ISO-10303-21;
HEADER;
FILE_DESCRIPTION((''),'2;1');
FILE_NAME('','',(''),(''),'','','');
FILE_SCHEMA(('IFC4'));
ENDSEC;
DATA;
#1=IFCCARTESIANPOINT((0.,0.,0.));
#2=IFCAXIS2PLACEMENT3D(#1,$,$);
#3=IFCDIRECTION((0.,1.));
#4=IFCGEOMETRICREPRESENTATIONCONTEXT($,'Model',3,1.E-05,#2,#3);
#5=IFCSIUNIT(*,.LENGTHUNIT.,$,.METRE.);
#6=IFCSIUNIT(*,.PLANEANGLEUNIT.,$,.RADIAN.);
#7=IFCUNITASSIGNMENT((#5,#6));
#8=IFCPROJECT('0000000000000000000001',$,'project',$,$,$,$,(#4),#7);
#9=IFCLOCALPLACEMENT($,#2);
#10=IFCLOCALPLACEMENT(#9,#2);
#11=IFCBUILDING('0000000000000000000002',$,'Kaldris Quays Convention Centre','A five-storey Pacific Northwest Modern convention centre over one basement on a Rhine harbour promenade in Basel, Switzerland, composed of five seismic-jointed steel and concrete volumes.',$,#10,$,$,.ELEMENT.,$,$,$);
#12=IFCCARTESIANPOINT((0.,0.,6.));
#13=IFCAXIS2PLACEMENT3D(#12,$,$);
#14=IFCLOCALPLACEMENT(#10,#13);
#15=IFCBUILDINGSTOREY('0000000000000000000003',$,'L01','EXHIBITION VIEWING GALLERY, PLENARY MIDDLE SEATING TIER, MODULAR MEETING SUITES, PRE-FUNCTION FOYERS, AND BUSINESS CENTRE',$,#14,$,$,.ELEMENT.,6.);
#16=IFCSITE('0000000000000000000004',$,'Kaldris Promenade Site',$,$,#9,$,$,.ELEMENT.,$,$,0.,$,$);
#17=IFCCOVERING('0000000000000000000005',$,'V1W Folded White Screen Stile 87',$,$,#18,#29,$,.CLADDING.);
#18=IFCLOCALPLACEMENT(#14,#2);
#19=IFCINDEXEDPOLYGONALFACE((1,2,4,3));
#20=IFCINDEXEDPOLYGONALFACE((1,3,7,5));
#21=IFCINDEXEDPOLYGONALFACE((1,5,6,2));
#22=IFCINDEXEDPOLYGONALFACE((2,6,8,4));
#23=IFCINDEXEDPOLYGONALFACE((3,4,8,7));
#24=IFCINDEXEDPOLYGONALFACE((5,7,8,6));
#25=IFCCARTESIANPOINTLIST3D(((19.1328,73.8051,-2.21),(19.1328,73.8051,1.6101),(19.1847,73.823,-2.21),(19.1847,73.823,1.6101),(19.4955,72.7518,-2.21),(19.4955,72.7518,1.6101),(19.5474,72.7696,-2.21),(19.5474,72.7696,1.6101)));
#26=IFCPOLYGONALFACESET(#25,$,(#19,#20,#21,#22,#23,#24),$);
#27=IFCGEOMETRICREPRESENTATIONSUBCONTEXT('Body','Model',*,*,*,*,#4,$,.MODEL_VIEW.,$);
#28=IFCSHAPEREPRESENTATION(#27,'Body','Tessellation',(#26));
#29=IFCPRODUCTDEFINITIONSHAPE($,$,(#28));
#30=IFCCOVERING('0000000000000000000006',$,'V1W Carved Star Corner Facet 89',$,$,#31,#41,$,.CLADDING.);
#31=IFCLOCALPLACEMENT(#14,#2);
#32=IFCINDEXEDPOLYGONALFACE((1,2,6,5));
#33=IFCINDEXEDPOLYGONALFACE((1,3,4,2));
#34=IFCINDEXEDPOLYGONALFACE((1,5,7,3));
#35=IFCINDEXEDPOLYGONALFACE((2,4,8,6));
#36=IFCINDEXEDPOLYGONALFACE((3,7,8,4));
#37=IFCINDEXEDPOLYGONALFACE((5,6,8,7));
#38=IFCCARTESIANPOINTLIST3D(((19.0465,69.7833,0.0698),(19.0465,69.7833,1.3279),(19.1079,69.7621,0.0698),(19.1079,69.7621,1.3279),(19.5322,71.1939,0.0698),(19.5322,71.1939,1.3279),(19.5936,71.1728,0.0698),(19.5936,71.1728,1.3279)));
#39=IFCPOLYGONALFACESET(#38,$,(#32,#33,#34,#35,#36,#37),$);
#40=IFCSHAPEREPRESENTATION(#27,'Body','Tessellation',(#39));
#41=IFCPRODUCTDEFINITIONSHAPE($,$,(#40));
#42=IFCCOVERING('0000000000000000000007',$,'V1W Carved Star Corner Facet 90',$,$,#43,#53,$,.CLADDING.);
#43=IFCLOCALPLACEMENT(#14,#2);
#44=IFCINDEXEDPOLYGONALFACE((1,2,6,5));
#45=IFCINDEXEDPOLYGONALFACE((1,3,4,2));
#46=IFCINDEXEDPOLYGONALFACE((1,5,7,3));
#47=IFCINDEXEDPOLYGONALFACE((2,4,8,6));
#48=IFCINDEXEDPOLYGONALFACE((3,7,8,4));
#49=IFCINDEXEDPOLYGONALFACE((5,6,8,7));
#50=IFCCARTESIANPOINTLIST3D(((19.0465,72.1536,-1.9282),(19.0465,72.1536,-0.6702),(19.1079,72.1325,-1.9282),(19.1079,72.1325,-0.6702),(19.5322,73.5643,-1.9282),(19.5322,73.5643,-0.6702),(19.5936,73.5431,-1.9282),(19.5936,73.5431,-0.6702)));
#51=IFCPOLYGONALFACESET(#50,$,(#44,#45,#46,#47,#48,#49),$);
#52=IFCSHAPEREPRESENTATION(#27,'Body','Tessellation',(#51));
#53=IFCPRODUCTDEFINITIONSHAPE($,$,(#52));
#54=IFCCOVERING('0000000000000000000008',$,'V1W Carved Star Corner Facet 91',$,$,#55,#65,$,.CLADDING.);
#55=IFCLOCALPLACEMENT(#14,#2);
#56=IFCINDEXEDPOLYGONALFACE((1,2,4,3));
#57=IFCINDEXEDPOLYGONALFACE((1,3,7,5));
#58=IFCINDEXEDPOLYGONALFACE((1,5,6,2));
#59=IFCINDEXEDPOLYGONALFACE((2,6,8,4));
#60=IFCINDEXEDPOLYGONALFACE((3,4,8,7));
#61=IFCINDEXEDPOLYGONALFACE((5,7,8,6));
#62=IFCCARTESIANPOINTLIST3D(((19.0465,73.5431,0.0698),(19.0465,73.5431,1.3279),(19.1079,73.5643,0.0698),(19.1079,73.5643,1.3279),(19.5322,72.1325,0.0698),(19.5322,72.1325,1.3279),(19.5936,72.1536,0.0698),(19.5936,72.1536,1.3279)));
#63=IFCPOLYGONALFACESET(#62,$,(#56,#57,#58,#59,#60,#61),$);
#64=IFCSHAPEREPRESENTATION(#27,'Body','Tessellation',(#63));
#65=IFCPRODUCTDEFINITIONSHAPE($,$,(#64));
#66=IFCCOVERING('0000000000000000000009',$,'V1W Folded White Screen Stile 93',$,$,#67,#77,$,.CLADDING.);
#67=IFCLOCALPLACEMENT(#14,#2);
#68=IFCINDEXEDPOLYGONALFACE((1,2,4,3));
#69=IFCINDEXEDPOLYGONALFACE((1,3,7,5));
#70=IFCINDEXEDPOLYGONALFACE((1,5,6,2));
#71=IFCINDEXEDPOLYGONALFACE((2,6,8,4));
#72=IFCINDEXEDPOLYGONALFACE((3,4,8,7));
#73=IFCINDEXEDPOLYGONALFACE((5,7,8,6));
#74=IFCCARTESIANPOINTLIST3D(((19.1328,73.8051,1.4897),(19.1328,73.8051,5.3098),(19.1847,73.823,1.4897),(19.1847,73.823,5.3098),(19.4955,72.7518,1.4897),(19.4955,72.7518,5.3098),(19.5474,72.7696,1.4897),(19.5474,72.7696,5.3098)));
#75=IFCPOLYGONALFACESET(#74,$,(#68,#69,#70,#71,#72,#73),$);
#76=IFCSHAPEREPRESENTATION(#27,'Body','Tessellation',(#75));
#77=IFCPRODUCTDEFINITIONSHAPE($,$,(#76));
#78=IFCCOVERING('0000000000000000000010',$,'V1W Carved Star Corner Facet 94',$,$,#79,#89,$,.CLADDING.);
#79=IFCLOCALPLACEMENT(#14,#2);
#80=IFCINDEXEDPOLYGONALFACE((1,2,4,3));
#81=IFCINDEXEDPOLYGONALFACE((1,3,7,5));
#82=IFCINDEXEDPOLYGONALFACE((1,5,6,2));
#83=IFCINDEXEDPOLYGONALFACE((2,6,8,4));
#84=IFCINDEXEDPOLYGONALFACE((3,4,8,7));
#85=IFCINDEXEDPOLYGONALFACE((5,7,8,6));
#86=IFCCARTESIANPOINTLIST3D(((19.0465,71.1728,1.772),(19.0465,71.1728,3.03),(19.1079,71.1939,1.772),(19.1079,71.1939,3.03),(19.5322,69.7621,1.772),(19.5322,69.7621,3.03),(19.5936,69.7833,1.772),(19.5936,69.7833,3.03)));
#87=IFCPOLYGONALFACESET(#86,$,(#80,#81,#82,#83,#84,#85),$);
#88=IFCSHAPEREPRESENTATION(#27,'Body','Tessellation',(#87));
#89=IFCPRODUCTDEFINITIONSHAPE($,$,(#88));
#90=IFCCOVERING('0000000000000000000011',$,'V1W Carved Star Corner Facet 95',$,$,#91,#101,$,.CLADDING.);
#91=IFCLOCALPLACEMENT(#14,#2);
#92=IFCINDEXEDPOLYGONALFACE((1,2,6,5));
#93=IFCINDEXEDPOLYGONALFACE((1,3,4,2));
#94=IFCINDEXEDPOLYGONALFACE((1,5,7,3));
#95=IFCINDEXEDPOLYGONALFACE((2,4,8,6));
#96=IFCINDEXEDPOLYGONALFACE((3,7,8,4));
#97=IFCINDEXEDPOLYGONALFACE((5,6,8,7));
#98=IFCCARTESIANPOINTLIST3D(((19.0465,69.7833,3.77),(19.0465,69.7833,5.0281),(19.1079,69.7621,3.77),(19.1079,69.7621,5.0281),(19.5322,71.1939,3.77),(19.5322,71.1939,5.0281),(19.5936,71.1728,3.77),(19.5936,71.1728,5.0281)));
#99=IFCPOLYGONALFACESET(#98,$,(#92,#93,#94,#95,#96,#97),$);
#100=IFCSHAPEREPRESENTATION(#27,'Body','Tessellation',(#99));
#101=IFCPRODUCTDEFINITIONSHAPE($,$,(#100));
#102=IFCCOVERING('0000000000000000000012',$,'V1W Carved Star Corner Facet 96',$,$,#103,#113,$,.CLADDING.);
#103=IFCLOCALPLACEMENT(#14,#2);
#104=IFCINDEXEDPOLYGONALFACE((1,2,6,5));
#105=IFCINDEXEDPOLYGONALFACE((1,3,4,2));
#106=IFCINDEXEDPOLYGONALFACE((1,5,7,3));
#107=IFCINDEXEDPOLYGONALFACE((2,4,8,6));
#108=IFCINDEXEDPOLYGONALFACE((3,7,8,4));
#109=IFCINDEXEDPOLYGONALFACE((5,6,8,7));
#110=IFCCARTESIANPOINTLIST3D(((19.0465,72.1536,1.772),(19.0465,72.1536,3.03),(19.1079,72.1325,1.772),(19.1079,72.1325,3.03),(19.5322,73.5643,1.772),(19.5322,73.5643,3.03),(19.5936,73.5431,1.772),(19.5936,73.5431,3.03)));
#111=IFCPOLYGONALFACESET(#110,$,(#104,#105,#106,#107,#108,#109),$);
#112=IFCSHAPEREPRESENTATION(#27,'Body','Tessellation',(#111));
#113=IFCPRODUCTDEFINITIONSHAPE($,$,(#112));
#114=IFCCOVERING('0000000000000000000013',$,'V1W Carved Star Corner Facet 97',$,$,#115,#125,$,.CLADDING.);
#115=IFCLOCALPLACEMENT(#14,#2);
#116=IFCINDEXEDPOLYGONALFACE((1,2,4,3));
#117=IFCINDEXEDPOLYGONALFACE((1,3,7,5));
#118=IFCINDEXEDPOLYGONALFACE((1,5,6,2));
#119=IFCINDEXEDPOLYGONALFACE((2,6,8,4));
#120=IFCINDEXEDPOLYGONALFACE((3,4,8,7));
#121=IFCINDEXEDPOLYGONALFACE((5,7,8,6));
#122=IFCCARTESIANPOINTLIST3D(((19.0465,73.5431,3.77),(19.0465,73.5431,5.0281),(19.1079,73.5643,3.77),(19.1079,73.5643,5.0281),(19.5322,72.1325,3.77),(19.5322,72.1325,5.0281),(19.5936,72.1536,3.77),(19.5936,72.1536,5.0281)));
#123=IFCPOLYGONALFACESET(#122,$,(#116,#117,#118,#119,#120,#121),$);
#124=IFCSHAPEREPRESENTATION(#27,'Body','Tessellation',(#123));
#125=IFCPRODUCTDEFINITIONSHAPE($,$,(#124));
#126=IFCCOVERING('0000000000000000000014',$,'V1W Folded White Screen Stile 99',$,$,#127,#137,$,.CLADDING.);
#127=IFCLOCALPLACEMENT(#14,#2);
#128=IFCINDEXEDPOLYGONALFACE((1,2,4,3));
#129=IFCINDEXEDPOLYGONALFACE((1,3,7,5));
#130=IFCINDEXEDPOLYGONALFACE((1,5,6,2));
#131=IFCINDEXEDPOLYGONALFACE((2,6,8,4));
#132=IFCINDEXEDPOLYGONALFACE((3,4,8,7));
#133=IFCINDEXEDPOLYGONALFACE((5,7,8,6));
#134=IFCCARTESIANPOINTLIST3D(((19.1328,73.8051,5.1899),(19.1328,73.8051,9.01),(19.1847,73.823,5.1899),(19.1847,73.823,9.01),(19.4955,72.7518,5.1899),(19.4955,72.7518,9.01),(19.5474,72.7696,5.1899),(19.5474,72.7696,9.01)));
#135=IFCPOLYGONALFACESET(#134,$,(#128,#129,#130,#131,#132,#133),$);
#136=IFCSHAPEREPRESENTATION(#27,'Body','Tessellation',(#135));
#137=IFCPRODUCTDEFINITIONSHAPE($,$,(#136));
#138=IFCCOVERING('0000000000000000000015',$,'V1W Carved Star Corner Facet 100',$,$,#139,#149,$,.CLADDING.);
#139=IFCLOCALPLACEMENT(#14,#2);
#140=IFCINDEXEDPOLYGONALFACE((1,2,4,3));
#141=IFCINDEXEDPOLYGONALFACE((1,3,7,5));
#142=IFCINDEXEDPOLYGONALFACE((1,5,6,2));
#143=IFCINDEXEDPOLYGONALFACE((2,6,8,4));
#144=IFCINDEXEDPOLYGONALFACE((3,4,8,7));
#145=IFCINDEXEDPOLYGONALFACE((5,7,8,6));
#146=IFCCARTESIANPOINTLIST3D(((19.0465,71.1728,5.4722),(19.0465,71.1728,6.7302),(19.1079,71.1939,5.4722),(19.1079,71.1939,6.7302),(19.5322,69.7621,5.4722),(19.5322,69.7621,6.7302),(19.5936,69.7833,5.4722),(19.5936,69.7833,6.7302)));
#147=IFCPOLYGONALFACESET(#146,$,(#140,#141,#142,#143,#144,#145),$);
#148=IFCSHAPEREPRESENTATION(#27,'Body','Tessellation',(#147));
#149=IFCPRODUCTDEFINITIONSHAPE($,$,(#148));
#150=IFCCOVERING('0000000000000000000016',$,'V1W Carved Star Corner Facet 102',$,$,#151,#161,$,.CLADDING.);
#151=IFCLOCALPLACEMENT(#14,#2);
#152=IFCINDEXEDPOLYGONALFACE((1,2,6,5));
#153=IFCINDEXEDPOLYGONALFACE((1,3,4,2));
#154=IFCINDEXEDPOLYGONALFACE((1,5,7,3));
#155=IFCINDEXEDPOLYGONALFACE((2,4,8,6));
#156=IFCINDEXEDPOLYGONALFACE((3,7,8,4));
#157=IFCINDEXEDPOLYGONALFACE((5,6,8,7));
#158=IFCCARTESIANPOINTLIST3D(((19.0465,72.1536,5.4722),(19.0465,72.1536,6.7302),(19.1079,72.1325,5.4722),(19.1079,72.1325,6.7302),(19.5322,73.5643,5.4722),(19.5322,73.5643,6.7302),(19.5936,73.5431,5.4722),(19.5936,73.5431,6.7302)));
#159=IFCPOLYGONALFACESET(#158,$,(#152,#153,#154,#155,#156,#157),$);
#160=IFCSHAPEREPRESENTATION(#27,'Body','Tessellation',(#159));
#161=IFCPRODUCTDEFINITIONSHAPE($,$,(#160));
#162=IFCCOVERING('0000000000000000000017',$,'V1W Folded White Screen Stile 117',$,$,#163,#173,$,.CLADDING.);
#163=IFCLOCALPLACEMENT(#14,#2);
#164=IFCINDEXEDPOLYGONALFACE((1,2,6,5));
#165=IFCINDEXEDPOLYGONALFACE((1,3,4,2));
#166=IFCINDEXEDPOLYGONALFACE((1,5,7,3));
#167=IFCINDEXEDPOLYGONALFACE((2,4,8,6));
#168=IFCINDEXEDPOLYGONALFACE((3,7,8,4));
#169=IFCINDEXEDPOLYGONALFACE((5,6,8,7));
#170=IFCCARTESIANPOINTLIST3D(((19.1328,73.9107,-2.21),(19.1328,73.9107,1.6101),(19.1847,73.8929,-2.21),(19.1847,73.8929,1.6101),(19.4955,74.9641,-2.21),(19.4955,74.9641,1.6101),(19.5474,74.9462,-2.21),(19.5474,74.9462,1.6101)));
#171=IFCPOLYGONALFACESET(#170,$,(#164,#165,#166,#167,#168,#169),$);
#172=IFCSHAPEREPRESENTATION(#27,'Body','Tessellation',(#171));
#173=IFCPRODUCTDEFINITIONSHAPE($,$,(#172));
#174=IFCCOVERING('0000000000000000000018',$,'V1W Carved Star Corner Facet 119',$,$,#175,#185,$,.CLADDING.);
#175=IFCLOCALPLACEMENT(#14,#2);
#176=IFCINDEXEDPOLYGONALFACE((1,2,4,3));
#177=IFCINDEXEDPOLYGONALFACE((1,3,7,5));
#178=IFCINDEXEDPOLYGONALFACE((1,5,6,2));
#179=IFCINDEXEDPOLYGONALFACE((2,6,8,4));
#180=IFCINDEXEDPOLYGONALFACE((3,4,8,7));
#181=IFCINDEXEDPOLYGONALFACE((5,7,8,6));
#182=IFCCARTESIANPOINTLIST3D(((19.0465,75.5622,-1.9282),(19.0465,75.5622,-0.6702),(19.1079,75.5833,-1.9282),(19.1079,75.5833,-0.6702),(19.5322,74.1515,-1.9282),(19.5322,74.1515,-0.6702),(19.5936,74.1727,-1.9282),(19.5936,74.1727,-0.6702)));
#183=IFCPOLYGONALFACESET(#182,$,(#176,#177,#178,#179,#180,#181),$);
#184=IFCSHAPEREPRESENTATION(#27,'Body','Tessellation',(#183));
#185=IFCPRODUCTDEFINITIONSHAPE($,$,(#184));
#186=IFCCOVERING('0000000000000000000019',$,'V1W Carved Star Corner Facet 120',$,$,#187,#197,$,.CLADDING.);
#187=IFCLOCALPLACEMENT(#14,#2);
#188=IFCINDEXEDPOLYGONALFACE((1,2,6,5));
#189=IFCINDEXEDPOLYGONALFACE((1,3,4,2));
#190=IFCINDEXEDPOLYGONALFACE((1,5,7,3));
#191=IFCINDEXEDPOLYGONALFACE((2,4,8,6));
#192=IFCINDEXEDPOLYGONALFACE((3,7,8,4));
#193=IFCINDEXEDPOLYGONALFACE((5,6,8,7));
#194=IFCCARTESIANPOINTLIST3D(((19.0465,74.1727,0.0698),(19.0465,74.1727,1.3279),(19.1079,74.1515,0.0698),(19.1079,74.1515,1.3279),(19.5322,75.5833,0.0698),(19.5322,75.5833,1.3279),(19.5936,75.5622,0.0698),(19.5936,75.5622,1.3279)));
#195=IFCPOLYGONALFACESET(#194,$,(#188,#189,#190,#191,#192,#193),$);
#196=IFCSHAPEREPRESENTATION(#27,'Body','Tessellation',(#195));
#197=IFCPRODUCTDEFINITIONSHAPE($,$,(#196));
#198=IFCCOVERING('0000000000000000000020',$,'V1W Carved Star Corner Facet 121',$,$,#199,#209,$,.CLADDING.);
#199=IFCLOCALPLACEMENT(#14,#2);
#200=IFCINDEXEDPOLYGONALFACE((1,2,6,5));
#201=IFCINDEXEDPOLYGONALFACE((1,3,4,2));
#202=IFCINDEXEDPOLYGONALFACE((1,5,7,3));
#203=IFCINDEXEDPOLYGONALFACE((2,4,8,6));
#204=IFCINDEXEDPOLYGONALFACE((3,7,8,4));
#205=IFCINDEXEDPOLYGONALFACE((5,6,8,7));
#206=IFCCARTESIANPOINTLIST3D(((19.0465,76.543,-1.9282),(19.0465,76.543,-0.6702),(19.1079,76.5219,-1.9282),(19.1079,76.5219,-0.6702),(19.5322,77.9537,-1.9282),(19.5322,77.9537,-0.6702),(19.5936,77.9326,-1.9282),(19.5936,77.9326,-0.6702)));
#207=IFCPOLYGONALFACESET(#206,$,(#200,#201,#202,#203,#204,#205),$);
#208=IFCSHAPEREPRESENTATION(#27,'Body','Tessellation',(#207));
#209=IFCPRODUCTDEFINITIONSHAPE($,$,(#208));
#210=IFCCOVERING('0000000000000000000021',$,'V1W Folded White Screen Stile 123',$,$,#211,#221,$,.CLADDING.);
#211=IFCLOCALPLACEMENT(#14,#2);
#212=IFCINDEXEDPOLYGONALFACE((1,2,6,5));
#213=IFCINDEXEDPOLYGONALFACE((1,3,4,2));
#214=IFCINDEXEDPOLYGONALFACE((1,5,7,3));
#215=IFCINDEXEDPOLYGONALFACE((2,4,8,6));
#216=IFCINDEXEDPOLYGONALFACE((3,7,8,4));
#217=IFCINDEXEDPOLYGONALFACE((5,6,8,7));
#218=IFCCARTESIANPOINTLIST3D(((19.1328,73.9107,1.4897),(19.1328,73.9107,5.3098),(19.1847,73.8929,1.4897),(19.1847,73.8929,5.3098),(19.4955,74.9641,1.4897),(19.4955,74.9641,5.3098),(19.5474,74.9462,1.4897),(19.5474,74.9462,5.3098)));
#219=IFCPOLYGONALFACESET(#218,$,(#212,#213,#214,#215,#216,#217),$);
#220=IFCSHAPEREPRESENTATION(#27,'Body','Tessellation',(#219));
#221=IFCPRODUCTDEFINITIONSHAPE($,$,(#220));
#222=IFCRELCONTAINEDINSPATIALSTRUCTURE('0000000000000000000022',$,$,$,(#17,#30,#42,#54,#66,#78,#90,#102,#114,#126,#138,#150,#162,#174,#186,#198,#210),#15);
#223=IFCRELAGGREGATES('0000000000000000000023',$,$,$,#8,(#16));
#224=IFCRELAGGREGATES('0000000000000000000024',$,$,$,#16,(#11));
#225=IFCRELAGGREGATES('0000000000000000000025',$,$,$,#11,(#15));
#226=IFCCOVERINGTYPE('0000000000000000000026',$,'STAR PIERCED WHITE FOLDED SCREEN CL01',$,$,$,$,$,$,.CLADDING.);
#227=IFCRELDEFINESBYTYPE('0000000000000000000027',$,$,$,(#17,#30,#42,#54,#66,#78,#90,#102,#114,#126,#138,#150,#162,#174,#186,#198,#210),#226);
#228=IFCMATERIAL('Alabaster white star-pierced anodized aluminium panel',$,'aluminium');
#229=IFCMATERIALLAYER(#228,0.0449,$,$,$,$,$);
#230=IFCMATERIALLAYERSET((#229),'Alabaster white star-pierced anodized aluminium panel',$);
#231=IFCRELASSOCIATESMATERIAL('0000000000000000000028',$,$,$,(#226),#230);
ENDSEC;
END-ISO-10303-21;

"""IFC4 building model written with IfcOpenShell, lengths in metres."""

from ifc_helpers import new_model, si_unit, direction, frame, origin, origin_2d, place, context, subcontext, project, spatial, rectangle, extrude, material, layer, layer_set, type_object, element, save


model = new_model("IFC4")

# Units and contexts
model_context = context("Model", 3, precision=1e-05, world=origin(), true_north=direction((0.0, 1.0)))
body_context = subcontext(model_context, "Body", "Model", "MODEL_VIEW")
ifc_project = project(units=[si_unit("LENGTHUNIT", "METRE"), si_unit("PLANEANGLEUNIT", "RADIAN")], contexts=[model_context])

# Site, building, storey
site_placement = place(None, origin())
site = spatial("IfcSite", under=ifc_project, at=site_placement, Name="Kaldris Promenade Site", CompositionType="ELEMENT", RefElevation=0.0)
building_placement = place(site_placement, origin())
building = spatial("IfcBuilding", under=site, at=building_placement, Name="Kaldris Quays Convention Centre", Description="A five-storey Pacific Northwest Modern convention centre over one basement on a Rhine harbour promenade in Basel, Switzerland, composed of five seismic-jointed steel and concrete volumes.", CompositionType="ELEMENT")
storey_placement = place(building_placement, frame((0.0, 0.0, 6.0)))
storey = spatial("IfcBuildingStorey", under=building, at=storey_placement, Name="L01", Description="EXHIBITION VIEWING GALLERY, PLENARY MIDDLE SEATING TIER, MODULAR MEETING SUITES, PRE-FUNCTION FOYERS, AND BUSINESS CENTRE", CompositionType="ELEMENT", Elevation=6.0)

# Coverings
ifc_material_1 = material(Name="Alabaster white star-pierced anodized aluminium panel", Category="aluminium")
ifc_layer = layer(ifc_material_1, 0.0449)
ifc_layer_set = layer_set([ifc_layer], Name="Alabaster white star-pierced anodized aluminium panel")
covering_type = type_object("IfcCoveringType", Name="STAR PIERCED WHITE FOLDED SCREEN CL01", PredefinedType="CLADDING", material=ifc_layer_set)
covering_1_placement = place(storey_placement, frame((19.3401, 73.2874, -2.21), z_axis=(0.0, 0.0, 1.0), x_axis=(-0.325568, 0.945519, 0.0)))
element("IfcCovering", 1, at=covering_1_placement, inside=storey, type_object=covering_type, Name="V1W Folded White Screen Stile 87", PredefinedType="CLADDING", context=body_context, shape_type="SweptSolid", body=[
    extrude(rectangle(XDim=1.114, YDim=0.0549, at=origin_2d()), origin(), (0.0, 0.0, 1.0), 3.8201),
])
for number, where, z_axis, x_axis, name in (
    (2, (19.3201, 70.478, 0.0698), (0.0, 0.0, 1.0), (0.325568, 0.945519, 0.0), "V1W Carved Star Corner Facet 89"),
    (3, (19.3201, 72.8484, -1.9282), (0.0, 0.0, 1.0), (0.325568, 0.945519, 0.0), "V1W Carved Star Corner Facet 90"),
    (4, (19.3201, 72.8484, 0.0698), (0.0, 0.0, 1.0), (-0.325568, 0.945519, 0.0), "V1W Carved Star Corner Facet 91"),
):
    element("IfcCovering", number, at=place(storey_placement, frame(where, z_axis=z_axis, x_axis=x_axis)), inside=storey, type_object=covering_type, Name=name, PredefinedType="CLADDING", context=body_context, shape_type="SweptSolid", body=[
        extrude(rectangle(XDim=1.4919, YDim=0.0649, at=origin_2d()), origin(), (0.0, 0.0, 1.0), 1.2581),
    ])
covering_2_placement = place(storey_placement, frame((19.3401, 73.2874, 1.4897), z_axis=(0.0, 0.0, 1.0), x_axis=(-0.325568, 0.945519, 0.0)))
element("IfcCovering", 5, at=covering_2_placement, inside=storey, type_object=covering_type, Name="V1W Folded White Screen Stile 93", PredefinedType="CLADDING", context=body_context, shape_type="SweptSolid", body=[
    extrude(rectangle(XDim=1.114, YDim=0.0549, at=origin_2d()), origin(), (0.0, 0.0, 1.0), 3.8201),
])
for number, where, z_axis, x_axis, name in (
    (6, (19.3201, 70.478, 1.772), (0.0, 0.0, 1.0), (-0.325568, 0.945519, 0.0), "V1W Carved Star Corner Facet 94"),
    (7, (19.3201, 70.478, 3.77), (0.0, 0.0, 1.0), (0.325568, 0.945519, 0.0), "V1W Carved Star Corner Facet 95"),
    (8, (19.3201, 72.8484, 1.772), (0.0, 0.0, 1.0), (0.325568, 0.945519, 0.0), "V1W Carved Star Corner Facet 96"),
    (9, (19.3201, 72.8484, 3.77), (0.0, 0.0, 1.0), (-0.325568, 0.945519, 0.0), "V1W Carved Star Corner Facet 97"),
):
    element("IfcCovering", number, at=place(storey_placement, frame(where, z_axis=z_axis, x_axis=x_axis)), inside=storey, type_object=covering_type, Name=name, PredefinedType="CLADDING", context=body_context, shape_type="SweptSolid", body=[
        extrude(rectangle(XDim=1.4919, YDim=0.0649, at=origin_2d()), origin(), (0.0, 0.0, 1.0), 1.2581),
    ])
covering_3_placement = place(storey_placement, frame((19.3401, 73.2874, 5.1899), z_axis=(0.0, 0.0, 1.0), x_axis=(-0.325568, 0.945519, 0.0)))
element("IfcCovering", 10, at=covering_3_placement, inside=storey, type_object=covering_type, Name="V1W Folded White Screen Stile 99", PredefinedType="CLADDING", context=body_context, shape_type="SweptSolid", body=[
    extrude(rectangle(XDim=1.114, YDim=0.0549, at=origin_2d()), origin(), (0.0, 0.0, 1.0), 3.8201),
])
for number, where, z_axis, x_axis, name in (
    (11, (19.3201, 70.478, 5.4722), (0.0, 0.0, 1.0), (-0.325568, 0.945519, 0.0), "V1W Carved Star Corner Facet 100"),
    (12, (19.3201, 72.8484, 5.4722), (0.0, 0.0, 1.0), (0.325568, 0.945519, 0.0), "V1W Carved Star Corner Facet 102"),
):
    element("IfcCovering", number, at=place(storey_placement, frame(where, z_axis=z_axis, x_axis=x_axis)), inside=storey, type_object=covering_type, Name=name, PredefinedType="CLADDING", context=body_context, shape_type="SweptSolid", body=[
        extrude(rectangle(XDim=1.4919, YDim=0.0649, at=origin_2d()), origin(), (0.0, 0.0, 1.0), 1.2581),
    ])
covering_4_placement = place(storey_placement, frame((19.3401, 74.4285, -2.21), z_axis=(0.0, 0.0, 1.0), x_axis=(0.325568, 0.945519, 0.0)))
element("IfcCovering", 13, at=covering_4_placement, inside=storey, type_object=covering_type, Name="V1W Folded White Screen Stile 117", PredefinedType="CLADDING", context=body_context, shape_type="SweptSolid", body=[
    extrude(rectangle(XDim=1.114, YDim=0.0549, at=origin_2d()), origin(), (0.0, 0.0, 1.0), 3.8201),
])
for number, where, z_axis, x_axis, name in (
    (14, (19.3201, 74.8674, -1.9282), (0.0, 0.0, 1.0), (-0.325568, 0.945519, 0.0), "V1W Carved Star Corner Facet 119"),
    (15, (19.3201, 74.8674, 0.0698), (0.0, 0.0, 1.0), (0.325568, 0.945519, 0.0), "V1W Carved Star Corner Facet 120"),
    (16, (19.3201, 77.2378, -1.9282), (0.0, 0.0, 1.0), (0.325568, 0.945519, 0.0), "V1W Carved Star Corner Facet 121"),
):
    element("IfcCovering", number, at=place(storey_placement, frame(where, z_axis=z_axis, x_axis=x_axis)), inside=storey, type_object=covering_type, Name=name, PredefinedType="CLADDING", context=body_context, shape_type="SweptSolid", body=[
        extrude(rectangle(XDim=1.4919, YDim=0.0649, at=origin_2d()), origin(), (0.0, 0.0, 1.0), 1.2581),
    ])
covering_5_placement = place(storey_placement, frame((19.3401, 74.4285, 1.4897), z_axis=(0.0, 0.0, 1.0), x_axis=(0.325568, 0.945519, 0.0)))
element("IfcCovering", 17, at=covering_5_placement, inside=storey, type_object=covering_type, Name="V1W Folded White Screen Stile 123", PredefinedType="CLADDING", context=body_context, shape_type="SweptSolid", body=[
    extrude(rectangle(XDim=1.114, YDim=0.0549, at=origin_2d()), origin(), (0.0, 0.0, 1.0), 3.8201),
])

save(model, "model.ifc")
